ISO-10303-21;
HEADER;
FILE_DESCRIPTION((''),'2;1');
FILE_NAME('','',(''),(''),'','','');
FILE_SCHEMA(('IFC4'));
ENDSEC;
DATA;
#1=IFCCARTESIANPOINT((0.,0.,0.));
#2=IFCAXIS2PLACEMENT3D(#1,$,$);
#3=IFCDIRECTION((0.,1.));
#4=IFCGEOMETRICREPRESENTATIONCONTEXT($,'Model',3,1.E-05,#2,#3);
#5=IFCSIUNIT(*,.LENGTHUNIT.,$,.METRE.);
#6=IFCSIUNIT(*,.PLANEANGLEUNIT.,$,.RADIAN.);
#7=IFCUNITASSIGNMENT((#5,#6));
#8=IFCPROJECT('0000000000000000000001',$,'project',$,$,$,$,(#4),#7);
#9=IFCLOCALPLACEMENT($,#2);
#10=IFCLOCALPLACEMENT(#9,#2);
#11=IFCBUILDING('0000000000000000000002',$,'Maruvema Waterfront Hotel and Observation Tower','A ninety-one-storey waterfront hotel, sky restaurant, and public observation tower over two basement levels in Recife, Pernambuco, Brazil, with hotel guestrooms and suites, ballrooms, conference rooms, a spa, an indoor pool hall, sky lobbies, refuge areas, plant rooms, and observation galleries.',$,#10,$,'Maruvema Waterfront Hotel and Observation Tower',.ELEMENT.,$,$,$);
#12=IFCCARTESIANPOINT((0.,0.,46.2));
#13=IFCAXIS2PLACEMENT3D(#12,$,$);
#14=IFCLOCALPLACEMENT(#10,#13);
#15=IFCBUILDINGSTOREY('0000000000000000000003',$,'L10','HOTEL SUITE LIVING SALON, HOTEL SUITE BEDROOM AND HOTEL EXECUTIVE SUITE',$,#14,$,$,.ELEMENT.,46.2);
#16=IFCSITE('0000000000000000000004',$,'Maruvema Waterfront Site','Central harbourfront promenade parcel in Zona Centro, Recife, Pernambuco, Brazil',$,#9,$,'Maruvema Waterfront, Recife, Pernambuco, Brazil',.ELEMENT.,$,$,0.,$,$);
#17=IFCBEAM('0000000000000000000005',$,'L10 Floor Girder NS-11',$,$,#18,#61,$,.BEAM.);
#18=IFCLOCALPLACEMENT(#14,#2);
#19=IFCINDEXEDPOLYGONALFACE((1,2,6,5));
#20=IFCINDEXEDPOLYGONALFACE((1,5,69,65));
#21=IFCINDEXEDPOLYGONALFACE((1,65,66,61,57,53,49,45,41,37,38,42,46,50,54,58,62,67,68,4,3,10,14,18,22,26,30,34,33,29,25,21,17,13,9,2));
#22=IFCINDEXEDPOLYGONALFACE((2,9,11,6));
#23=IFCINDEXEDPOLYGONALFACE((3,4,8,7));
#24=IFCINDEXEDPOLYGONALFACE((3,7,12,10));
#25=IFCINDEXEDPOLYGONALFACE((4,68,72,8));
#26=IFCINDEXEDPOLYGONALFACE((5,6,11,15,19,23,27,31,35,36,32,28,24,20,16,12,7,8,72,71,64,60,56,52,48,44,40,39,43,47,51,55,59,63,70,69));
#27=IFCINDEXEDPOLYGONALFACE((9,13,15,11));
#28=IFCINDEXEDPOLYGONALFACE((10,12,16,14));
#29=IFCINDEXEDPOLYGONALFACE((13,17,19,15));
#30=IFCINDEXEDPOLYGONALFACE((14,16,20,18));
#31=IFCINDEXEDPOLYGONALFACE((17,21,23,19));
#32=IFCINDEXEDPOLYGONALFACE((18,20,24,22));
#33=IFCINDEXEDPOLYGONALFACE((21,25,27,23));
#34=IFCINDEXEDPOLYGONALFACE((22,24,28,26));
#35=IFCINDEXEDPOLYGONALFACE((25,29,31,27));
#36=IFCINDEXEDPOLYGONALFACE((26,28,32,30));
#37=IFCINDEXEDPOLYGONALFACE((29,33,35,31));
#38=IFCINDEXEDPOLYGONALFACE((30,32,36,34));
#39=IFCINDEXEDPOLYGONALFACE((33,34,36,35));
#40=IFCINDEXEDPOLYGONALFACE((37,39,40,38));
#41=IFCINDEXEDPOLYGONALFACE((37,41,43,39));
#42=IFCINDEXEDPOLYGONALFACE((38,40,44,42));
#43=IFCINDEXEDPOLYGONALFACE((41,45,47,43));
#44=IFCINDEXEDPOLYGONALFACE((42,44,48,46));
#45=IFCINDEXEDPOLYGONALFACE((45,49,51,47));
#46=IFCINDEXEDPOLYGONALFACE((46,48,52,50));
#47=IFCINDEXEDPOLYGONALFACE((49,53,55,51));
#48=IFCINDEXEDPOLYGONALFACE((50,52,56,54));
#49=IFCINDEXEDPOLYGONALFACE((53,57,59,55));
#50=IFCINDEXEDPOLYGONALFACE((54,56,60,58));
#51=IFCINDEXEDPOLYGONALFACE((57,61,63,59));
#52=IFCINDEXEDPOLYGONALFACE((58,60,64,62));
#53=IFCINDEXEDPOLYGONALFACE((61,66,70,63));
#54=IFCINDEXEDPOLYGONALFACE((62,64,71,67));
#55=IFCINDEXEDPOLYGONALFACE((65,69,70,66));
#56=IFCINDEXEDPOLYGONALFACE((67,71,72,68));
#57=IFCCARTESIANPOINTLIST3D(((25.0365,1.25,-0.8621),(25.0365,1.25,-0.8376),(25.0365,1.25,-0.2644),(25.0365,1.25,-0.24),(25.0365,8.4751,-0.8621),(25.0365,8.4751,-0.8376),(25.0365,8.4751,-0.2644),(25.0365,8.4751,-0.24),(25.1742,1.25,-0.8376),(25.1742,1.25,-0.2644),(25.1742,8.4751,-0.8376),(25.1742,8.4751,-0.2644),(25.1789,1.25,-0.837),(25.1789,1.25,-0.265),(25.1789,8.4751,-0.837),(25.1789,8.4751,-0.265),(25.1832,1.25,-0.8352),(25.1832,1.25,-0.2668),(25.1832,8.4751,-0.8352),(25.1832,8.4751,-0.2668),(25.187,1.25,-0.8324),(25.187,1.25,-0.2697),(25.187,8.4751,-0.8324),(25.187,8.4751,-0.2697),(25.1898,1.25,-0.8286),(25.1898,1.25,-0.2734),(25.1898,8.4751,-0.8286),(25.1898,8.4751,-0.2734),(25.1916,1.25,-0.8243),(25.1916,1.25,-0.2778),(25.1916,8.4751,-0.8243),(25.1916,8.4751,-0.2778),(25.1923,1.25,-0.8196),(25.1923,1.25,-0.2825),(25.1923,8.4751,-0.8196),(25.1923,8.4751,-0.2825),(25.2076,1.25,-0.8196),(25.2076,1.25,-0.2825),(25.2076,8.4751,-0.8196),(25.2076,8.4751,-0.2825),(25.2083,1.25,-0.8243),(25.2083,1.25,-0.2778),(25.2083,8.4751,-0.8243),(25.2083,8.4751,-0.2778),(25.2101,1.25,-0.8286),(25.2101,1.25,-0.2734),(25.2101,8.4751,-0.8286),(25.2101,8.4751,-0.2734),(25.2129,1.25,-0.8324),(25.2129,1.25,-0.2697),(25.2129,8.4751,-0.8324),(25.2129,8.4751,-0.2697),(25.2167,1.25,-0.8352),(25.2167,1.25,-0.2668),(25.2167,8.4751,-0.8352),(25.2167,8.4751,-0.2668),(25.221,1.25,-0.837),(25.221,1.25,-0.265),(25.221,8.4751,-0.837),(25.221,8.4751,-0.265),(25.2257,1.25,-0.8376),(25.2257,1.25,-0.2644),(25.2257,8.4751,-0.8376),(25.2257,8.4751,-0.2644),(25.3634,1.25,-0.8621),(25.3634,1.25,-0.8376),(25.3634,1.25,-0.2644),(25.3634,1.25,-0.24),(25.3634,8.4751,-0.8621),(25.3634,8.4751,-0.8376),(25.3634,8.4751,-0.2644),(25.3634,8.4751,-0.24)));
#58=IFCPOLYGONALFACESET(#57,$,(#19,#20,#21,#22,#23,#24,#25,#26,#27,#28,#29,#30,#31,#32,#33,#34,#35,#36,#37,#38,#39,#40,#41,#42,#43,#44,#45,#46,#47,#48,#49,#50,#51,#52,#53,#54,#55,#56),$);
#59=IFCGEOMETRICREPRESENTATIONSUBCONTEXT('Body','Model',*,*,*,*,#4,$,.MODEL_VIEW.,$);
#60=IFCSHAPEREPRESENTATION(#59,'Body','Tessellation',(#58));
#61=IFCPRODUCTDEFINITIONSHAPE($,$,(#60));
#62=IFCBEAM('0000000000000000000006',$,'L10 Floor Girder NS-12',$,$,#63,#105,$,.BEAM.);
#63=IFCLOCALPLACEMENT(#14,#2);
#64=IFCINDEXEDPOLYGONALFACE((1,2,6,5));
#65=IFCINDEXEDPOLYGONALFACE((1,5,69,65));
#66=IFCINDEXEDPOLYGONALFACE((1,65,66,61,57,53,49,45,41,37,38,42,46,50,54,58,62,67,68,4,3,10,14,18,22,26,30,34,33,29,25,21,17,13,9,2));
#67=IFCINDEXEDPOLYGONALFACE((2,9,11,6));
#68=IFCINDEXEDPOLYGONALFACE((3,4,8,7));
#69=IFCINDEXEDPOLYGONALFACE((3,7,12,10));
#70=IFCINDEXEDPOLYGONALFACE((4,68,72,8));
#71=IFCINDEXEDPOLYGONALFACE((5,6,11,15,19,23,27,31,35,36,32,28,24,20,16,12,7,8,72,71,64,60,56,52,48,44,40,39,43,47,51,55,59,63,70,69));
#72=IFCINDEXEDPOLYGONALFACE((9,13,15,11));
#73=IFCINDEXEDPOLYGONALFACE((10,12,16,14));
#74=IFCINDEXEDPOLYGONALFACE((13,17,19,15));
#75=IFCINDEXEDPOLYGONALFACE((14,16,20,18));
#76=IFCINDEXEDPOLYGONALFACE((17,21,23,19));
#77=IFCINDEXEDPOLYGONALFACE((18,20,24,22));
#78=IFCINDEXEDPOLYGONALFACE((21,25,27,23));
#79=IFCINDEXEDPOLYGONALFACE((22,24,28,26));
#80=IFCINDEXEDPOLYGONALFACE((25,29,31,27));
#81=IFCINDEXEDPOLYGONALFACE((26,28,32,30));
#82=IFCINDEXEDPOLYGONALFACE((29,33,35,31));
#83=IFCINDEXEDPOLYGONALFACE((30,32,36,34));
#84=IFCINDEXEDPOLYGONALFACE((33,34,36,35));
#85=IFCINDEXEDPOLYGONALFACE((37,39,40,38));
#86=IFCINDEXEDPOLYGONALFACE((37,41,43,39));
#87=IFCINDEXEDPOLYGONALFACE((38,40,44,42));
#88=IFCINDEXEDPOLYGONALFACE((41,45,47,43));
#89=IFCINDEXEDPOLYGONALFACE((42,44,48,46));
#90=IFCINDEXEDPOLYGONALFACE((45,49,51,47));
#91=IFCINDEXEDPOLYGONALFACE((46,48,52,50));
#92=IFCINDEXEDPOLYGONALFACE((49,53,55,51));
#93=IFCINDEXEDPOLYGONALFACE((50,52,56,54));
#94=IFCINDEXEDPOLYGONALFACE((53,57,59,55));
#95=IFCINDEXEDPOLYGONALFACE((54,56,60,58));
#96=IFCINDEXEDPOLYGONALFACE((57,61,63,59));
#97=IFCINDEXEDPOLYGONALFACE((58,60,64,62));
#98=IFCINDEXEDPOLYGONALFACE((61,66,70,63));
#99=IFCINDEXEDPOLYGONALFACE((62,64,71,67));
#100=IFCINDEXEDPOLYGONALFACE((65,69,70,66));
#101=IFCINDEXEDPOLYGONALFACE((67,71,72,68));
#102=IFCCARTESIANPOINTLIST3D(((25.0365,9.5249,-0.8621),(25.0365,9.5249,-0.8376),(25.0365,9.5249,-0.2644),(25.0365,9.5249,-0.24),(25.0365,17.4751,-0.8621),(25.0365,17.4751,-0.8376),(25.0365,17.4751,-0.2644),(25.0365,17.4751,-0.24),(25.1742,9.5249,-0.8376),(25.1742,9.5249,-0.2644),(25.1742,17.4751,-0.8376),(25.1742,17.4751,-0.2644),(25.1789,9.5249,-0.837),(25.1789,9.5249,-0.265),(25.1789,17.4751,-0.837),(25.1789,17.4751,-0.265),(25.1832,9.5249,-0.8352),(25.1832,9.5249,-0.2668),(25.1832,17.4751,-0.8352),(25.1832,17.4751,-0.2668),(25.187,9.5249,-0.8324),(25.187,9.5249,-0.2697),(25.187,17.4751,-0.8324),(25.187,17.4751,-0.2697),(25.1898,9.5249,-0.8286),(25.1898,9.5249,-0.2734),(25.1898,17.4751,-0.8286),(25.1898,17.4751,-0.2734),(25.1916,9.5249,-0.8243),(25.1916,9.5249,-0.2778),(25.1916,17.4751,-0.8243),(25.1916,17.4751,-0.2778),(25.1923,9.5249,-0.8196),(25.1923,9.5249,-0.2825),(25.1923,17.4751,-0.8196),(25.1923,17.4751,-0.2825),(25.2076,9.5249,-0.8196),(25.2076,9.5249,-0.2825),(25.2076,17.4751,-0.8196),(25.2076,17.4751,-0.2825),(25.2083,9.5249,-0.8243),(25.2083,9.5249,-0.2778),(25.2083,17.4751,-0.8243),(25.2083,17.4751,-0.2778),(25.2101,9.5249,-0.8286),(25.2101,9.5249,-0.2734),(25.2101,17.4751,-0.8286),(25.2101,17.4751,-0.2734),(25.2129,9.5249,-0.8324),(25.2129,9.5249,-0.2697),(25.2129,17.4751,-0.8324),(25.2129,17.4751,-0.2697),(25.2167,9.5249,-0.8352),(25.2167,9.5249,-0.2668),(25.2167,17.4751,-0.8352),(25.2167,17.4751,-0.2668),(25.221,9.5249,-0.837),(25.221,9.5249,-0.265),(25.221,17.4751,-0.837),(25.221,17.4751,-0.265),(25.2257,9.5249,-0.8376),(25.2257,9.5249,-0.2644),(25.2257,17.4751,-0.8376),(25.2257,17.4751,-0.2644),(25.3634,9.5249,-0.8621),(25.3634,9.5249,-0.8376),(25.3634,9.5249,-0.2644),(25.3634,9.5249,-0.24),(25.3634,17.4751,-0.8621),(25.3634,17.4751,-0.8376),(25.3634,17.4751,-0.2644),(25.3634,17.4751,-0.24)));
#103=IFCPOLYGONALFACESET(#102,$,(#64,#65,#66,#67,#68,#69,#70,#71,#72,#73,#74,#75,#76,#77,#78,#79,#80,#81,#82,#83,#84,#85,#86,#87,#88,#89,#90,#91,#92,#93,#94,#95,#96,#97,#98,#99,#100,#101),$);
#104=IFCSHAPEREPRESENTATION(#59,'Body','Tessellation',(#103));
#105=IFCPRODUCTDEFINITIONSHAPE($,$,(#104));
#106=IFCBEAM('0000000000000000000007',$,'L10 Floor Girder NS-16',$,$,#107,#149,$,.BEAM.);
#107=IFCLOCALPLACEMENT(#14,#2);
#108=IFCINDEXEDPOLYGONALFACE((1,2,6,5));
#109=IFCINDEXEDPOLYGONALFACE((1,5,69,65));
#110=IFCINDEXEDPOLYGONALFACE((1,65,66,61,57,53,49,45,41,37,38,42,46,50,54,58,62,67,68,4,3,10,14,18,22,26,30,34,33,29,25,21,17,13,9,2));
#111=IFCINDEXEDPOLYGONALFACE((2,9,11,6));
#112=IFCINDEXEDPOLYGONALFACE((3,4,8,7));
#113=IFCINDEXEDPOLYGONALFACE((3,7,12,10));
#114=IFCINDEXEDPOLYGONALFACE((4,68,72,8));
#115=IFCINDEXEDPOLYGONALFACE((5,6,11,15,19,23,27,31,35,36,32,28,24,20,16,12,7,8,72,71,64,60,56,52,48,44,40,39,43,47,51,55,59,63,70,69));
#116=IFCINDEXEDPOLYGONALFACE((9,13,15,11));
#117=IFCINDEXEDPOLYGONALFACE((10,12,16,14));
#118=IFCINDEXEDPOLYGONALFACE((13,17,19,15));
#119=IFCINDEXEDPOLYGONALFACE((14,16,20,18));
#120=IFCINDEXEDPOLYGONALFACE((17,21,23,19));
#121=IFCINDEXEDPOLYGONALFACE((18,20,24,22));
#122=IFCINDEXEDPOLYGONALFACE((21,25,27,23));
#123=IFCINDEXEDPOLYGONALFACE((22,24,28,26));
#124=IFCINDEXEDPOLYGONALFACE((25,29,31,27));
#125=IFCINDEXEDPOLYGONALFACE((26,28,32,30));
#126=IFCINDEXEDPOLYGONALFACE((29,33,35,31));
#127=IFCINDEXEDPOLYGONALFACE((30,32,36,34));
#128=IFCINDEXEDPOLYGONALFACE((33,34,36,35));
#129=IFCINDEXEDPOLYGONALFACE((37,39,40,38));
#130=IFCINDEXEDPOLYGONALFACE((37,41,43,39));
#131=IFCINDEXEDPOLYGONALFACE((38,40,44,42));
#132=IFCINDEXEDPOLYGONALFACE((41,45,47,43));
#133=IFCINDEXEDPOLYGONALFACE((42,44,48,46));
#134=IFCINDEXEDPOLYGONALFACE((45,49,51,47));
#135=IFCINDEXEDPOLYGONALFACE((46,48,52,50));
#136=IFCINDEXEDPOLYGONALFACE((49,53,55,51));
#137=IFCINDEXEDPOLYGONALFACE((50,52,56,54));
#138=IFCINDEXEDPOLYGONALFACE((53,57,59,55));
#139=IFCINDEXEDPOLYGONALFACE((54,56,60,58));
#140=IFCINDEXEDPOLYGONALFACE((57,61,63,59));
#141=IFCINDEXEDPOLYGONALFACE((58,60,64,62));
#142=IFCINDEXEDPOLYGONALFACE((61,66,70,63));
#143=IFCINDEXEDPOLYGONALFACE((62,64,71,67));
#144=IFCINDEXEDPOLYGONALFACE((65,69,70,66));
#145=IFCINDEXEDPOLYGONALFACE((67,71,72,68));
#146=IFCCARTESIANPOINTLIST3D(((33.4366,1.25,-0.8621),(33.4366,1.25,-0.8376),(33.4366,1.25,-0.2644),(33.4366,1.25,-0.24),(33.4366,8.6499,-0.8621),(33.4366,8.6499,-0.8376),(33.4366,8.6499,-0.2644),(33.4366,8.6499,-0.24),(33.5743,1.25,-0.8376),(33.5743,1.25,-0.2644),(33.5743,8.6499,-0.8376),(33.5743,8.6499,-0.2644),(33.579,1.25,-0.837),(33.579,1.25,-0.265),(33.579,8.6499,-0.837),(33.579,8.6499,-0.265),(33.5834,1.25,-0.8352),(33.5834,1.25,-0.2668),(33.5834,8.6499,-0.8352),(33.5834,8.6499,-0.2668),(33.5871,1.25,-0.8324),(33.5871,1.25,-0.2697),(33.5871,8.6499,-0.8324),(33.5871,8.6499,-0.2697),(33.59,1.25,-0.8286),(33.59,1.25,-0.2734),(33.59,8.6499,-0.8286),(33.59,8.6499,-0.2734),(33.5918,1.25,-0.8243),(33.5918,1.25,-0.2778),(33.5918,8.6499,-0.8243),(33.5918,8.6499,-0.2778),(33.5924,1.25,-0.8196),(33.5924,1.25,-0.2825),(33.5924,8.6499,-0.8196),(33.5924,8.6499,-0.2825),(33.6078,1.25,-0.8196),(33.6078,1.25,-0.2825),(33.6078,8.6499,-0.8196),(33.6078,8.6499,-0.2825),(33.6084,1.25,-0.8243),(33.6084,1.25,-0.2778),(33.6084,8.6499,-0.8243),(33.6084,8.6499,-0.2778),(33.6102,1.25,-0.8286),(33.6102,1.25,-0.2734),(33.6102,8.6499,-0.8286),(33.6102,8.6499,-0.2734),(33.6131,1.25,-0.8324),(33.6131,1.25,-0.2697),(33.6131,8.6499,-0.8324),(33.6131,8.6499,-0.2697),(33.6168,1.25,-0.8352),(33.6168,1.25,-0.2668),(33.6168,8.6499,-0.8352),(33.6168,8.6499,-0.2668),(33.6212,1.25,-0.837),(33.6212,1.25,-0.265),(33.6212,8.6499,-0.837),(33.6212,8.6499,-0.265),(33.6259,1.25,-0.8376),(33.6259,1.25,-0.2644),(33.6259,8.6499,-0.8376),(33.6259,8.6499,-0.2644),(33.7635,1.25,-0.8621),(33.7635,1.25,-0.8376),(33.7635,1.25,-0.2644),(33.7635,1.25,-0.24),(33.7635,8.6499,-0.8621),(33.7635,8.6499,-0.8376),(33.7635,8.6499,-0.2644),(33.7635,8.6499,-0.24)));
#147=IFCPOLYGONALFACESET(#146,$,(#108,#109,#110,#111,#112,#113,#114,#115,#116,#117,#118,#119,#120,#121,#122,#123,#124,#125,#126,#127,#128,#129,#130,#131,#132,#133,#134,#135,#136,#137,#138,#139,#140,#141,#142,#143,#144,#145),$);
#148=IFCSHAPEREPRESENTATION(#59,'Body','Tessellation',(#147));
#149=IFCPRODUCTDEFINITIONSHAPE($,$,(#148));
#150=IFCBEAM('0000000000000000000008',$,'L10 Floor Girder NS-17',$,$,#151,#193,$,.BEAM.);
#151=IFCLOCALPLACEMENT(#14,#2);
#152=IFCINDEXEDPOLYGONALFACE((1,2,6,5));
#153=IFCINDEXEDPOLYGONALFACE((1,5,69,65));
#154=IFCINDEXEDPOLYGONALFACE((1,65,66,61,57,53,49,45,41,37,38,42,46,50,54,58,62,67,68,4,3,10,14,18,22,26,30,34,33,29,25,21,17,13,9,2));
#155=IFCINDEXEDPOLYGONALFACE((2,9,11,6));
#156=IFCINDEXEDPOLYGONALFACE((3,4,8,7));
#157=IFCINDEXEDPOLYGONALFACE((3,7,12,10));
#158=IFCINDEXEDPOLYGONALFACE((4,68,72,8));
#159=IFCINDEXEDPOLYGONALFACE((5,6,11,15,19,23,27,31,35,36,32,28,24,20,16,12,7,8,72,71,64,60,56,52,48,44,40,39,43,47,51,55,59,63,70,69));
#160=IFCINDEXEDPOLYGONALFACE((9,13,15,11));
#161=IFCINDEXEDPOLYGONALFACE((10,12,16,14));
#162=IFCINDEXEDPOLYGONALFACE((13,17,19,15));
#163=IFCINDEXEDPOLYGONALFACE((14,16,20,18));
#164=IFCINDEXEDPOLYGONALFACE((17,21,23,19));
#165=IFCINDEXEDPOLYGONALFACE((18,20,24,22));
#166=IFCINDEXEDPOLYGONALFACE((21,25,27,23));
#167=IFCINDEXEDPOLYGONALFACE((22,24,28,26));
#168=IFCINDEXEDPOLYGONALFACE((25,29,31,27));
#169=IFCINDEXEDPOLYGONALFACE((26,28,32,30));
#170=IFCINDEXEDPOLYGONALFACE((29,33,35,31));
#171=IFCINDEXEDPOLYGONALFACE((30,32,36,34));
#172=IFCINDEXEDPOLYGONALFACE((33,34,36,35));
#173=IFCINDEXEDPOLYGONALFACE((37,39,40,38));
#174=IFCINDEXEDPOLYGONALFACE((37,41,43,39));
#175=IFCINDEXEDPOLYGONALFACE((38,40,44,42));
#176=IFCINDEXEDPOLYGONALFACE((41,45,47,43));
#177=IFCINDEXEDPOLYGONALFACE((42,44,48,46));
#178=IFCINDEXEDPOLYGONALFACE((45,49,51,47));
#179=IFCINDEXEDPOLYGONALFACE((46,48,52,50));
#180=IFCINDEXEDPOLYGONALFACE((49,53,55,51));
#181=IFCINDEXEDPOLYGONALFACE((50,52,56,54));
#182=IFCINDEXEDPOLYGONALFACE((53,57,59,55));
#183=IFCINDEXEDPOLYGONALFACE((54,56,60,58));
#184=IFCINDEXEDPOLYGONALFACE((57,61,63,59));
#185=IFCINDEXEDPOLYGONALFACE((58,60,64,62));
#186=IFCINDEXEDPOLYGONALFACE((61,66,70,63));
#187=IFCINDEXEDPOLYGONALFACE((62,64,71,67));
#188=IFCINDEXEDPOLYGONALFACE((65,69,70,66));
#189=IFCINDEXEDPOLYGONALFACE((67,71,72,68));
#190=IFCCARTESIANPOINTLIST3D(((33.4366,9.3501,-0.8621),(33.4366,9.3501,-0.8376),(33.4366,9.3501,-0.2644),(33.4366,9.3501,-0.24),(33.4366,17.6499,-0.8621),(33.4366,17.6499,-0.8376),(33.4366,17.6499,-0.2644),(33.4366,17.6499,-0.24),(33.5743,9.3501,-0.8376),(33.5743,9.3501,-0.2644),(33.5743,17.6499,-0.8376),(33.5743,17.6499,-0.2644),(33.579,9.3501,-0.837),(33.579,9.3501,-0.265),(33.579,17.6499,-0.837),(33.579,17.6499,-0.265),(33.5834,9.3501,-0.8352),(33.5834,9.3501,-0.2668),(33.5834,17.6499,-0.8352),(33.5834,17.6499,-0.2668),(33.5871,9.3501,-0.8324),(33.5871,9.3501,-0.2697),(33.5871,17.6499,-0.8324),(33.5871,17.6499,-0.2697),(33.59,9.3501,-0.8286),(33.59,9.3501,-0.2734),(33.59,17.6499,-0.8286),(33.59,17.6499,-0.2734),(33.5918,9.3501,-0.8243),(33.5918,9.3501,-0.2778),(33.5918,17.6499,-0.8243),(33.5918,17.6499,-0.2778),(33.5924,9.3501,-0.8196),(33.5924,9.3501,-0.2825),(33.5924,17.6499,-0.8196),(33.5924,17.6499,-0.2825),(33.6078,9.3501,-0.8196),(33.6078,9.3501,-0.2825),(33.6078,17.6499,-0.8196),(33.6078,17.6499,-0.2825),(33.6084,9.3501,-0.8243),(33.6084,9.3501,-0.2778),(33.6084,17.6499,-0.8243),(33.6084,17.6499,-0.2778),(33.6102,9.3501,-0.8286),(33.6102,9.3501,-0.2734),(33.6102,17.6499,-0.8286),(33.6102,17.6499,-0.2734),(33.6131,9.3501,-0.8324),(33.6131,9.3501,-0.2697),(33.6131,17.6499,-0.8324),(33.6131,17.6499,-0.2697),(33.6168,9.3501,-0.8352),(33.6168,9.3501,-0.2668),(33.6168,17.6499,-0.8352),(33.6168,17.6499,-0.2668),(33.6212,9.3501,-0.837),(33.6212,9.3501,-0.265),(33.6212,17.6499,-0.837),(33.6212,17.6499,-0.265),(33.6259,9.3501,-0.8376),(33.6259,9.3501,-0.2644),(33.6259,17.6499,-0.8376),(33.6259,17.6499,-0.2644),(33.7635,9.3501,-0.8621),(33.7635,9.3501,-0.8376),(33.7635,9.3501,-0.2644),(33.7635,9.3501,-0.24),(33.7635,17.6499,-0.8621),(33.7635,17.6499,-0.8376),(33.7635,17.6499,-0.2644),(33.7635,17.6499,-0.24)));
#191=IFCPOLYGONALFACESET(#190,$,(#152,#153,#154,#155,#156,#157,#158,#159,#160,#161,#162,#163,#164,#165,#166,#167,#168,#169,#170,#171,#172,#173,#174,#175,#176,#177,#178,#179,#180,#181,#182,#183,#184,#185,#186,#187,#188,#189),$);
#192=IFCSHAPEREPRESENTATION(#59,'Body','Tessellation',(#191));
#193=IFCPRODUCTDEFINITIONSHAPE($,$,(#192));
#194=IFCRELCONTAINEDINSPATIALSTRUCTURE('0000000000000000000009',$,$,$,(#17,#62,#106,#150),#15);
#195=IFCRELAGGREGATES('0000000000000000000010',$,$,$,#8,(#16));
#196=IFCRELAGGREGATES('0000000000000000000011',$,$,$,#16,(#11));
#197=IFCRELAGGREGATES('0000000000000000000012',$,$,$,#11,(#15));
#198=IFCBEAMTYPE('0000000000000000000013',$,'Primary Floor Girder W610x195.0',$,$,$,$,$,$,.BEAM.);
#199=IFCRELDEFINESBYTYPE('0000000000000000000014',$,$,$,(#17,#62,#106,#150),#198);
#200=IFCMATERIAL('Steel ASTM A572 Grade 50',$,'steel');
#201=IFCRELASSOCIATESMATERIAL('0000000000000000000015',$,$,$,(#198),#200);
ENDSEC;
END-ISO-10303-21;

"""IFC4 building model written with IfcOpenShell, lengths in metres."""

from ifc_helpers import new_model, si_unit, direction, frame, origin, origin_2d, place, context, subcontext, project, spatial, i_section, extrude, material, material_profile, profile_set, type_object, element, save


model = new_model("IFC4")

# Units and contexts
model_context = context("Model", 3, precision=1e-05, world=origin(), true_north=direction((0.0, 1.0)))
body_context = subcontext(model_context, "Body", "Model", "MODEL_VIEW")
ifc_project = project(units=[si_unit("LENGTHUNIT", "METRE"), si_unit("PLANEANGLEUNIT", "RADIAN")], contexts=[model_context])

# Site, building, storey
site_placement = place(None, origin())
site = spatial("IfcSite", under=ifc_project, at=site_placement, Name="Maruvema Waterfront Site", Description="Central harbourfront promenade parcel in Zona Centro, Recife, Pernambuco, Brazil", LongName="Maruvema Waterfront, Recife, Pernambuco, Brazil", CompositionType="ELEMENT", RefElevation=0.0)
building_placement = place(site_placement, origin())
building = spatial("IfcBuilding", under=site, at=building_placement, Name="Maruvema Waterfront Hotel and Observation Tower", Description="A ninety-one-storey waterfront hotel, sky restaurant, and public observation tower over two basement levels in Recife, Pernambuco, Brazil, with hotel guestrooms and suites, ballrooms, conference rooms, a spa, an indoor pool hall, sky lobbies, refuge areas, plant rooms, and observation galleries.", LongName="Maruvema Waterfront Hotel and Observation Tower", CompositionType="ELEMENT")
storey_placement = place(building_placement, frame((0.0, 0.0, 46.2)))
storey = spatial("IfcBuildingStorey", under=building, at=storey_placement, Name="L10", Description="HOTEL SUITE LIVING SALON, HOTEL SUITE BEDROOM AND HOTEL EXECUTIVE SUITE", CompositionType="ELEMENT", Elevation=46.2)

# Beams
ifc_material_1 = material(Name="Steel ASTM A572 Grade 50", Category="steel")
ifc_material_profile_1 = material_profile(ifc_material_1, i_section(OverallWidth=0.3269, OverallDepth=0.6221, WebThickness=0.0154, FlangeThickness=0.0244, FilletRadius=0.0181, at=origin_2d()), Name="W610x195.0")
ifc_profile_set_1 = profile_set([ifc_material_profile_1], Name="Steel ASTM A572 Grade 50")
beam_type_1 = type_object("IfcBeamType", Name="Primary Floor Girder W610x195.0", PredefinedType="BEAM", material=ifc_profile_set_1)
beam_1_placement = place(storey_placement, frame((25.2, 1.25, -0.551), z_axis=(0.0, 1.0, 0.0), x_axis=(-1.0, 0.0, 0.0)))
element("IfcBeam", 1, at=beam_1_placement, inside=storey, type_object=beam_type_1, Name="L10 Floor Girder NS-11", PredefinedType="BEAM", context=body_context, shape_type="SweptSolid", body=[
    extrude(i_section(OverallWidth=0.3269, OverallDepth=0.6221, WebThickness=0.0154, FlangeThickness=0.0244, FilletRadius=0.0181, at=origin_2d()), origin(), (0.0, 0.0, 1.0), 7.2251),
])
beam_2_placement = place(storey_placement, frame((25.2, 9.5249, -0.551), z_axis=(0.0, 1.0, 0.0), x_axis=(-1.0, 0.0, 0.0)))
element("IfcBeam", 2, at=beam_2_placement, inside=storey, type_object=beam_type_1, Name="L10 Floor Girder NS-12", PredefinedType="BEAM", context=body_context, shape_type="SweptSolid", body=[
    extrude(i_section(OverallWidth=0.3269, OverallDepth=0.6221, WebThickness=0.0154, FlangeThickness=0.0244, FilletRadius=0.0181, at=origin_2d()), origin(), (0.0, 0.0, 1.0), 7.9502),
])
beam_3_placement = place(storey_placement, frame((33.6001, 1.25, -0.551), z_axis=(0.0, 1.0, 0.0), x_axis=(-1.0, 0.0, 0.0)))
element("IfcBeam", 3, at=beam_3_placement, inside=storey, type_object=beam_type_1, Name="L10 Floor Girder NS-16", PredefinedType="BEAM", context=body_context, shape_type="SweptSolid", body=[
    extrude(i_section(OverallWidth=0.3269, OverallDepth=0.6221, WebThickness=0.0154, FlangeThickness=0.0244, FilletRadius=0.0181, at=origin_2d()), origin(), (0.0, 0.0, 1.0), 7.3999),
])
beam_4_placement = place(storey_placement, frame((33.6001, 9.3501, -0.551), z_axis=(0.0, 1.0, 0.0), x_axis=(-1.0, 0.0, 0.0)))
element("IfcBeam", 4, at=beam_4_placement, inside=storey, type_object=beam_type_1, Name="L10 Floor Girder NS-17", PredefinedType="BEAM", context=body_context, shape_type="SweptSolid", body=[
    extrude(i_section(OverallWidth=0.3269, OverallDepth=0.6221, WebThickness=0.0154, FlangeThickness=0.0244, FilletRadius=0.0181, at=origin_2d()), origin(), (0.0, 0.0, 1.0), 8.2998),
])

save(model, "model.ifc")
